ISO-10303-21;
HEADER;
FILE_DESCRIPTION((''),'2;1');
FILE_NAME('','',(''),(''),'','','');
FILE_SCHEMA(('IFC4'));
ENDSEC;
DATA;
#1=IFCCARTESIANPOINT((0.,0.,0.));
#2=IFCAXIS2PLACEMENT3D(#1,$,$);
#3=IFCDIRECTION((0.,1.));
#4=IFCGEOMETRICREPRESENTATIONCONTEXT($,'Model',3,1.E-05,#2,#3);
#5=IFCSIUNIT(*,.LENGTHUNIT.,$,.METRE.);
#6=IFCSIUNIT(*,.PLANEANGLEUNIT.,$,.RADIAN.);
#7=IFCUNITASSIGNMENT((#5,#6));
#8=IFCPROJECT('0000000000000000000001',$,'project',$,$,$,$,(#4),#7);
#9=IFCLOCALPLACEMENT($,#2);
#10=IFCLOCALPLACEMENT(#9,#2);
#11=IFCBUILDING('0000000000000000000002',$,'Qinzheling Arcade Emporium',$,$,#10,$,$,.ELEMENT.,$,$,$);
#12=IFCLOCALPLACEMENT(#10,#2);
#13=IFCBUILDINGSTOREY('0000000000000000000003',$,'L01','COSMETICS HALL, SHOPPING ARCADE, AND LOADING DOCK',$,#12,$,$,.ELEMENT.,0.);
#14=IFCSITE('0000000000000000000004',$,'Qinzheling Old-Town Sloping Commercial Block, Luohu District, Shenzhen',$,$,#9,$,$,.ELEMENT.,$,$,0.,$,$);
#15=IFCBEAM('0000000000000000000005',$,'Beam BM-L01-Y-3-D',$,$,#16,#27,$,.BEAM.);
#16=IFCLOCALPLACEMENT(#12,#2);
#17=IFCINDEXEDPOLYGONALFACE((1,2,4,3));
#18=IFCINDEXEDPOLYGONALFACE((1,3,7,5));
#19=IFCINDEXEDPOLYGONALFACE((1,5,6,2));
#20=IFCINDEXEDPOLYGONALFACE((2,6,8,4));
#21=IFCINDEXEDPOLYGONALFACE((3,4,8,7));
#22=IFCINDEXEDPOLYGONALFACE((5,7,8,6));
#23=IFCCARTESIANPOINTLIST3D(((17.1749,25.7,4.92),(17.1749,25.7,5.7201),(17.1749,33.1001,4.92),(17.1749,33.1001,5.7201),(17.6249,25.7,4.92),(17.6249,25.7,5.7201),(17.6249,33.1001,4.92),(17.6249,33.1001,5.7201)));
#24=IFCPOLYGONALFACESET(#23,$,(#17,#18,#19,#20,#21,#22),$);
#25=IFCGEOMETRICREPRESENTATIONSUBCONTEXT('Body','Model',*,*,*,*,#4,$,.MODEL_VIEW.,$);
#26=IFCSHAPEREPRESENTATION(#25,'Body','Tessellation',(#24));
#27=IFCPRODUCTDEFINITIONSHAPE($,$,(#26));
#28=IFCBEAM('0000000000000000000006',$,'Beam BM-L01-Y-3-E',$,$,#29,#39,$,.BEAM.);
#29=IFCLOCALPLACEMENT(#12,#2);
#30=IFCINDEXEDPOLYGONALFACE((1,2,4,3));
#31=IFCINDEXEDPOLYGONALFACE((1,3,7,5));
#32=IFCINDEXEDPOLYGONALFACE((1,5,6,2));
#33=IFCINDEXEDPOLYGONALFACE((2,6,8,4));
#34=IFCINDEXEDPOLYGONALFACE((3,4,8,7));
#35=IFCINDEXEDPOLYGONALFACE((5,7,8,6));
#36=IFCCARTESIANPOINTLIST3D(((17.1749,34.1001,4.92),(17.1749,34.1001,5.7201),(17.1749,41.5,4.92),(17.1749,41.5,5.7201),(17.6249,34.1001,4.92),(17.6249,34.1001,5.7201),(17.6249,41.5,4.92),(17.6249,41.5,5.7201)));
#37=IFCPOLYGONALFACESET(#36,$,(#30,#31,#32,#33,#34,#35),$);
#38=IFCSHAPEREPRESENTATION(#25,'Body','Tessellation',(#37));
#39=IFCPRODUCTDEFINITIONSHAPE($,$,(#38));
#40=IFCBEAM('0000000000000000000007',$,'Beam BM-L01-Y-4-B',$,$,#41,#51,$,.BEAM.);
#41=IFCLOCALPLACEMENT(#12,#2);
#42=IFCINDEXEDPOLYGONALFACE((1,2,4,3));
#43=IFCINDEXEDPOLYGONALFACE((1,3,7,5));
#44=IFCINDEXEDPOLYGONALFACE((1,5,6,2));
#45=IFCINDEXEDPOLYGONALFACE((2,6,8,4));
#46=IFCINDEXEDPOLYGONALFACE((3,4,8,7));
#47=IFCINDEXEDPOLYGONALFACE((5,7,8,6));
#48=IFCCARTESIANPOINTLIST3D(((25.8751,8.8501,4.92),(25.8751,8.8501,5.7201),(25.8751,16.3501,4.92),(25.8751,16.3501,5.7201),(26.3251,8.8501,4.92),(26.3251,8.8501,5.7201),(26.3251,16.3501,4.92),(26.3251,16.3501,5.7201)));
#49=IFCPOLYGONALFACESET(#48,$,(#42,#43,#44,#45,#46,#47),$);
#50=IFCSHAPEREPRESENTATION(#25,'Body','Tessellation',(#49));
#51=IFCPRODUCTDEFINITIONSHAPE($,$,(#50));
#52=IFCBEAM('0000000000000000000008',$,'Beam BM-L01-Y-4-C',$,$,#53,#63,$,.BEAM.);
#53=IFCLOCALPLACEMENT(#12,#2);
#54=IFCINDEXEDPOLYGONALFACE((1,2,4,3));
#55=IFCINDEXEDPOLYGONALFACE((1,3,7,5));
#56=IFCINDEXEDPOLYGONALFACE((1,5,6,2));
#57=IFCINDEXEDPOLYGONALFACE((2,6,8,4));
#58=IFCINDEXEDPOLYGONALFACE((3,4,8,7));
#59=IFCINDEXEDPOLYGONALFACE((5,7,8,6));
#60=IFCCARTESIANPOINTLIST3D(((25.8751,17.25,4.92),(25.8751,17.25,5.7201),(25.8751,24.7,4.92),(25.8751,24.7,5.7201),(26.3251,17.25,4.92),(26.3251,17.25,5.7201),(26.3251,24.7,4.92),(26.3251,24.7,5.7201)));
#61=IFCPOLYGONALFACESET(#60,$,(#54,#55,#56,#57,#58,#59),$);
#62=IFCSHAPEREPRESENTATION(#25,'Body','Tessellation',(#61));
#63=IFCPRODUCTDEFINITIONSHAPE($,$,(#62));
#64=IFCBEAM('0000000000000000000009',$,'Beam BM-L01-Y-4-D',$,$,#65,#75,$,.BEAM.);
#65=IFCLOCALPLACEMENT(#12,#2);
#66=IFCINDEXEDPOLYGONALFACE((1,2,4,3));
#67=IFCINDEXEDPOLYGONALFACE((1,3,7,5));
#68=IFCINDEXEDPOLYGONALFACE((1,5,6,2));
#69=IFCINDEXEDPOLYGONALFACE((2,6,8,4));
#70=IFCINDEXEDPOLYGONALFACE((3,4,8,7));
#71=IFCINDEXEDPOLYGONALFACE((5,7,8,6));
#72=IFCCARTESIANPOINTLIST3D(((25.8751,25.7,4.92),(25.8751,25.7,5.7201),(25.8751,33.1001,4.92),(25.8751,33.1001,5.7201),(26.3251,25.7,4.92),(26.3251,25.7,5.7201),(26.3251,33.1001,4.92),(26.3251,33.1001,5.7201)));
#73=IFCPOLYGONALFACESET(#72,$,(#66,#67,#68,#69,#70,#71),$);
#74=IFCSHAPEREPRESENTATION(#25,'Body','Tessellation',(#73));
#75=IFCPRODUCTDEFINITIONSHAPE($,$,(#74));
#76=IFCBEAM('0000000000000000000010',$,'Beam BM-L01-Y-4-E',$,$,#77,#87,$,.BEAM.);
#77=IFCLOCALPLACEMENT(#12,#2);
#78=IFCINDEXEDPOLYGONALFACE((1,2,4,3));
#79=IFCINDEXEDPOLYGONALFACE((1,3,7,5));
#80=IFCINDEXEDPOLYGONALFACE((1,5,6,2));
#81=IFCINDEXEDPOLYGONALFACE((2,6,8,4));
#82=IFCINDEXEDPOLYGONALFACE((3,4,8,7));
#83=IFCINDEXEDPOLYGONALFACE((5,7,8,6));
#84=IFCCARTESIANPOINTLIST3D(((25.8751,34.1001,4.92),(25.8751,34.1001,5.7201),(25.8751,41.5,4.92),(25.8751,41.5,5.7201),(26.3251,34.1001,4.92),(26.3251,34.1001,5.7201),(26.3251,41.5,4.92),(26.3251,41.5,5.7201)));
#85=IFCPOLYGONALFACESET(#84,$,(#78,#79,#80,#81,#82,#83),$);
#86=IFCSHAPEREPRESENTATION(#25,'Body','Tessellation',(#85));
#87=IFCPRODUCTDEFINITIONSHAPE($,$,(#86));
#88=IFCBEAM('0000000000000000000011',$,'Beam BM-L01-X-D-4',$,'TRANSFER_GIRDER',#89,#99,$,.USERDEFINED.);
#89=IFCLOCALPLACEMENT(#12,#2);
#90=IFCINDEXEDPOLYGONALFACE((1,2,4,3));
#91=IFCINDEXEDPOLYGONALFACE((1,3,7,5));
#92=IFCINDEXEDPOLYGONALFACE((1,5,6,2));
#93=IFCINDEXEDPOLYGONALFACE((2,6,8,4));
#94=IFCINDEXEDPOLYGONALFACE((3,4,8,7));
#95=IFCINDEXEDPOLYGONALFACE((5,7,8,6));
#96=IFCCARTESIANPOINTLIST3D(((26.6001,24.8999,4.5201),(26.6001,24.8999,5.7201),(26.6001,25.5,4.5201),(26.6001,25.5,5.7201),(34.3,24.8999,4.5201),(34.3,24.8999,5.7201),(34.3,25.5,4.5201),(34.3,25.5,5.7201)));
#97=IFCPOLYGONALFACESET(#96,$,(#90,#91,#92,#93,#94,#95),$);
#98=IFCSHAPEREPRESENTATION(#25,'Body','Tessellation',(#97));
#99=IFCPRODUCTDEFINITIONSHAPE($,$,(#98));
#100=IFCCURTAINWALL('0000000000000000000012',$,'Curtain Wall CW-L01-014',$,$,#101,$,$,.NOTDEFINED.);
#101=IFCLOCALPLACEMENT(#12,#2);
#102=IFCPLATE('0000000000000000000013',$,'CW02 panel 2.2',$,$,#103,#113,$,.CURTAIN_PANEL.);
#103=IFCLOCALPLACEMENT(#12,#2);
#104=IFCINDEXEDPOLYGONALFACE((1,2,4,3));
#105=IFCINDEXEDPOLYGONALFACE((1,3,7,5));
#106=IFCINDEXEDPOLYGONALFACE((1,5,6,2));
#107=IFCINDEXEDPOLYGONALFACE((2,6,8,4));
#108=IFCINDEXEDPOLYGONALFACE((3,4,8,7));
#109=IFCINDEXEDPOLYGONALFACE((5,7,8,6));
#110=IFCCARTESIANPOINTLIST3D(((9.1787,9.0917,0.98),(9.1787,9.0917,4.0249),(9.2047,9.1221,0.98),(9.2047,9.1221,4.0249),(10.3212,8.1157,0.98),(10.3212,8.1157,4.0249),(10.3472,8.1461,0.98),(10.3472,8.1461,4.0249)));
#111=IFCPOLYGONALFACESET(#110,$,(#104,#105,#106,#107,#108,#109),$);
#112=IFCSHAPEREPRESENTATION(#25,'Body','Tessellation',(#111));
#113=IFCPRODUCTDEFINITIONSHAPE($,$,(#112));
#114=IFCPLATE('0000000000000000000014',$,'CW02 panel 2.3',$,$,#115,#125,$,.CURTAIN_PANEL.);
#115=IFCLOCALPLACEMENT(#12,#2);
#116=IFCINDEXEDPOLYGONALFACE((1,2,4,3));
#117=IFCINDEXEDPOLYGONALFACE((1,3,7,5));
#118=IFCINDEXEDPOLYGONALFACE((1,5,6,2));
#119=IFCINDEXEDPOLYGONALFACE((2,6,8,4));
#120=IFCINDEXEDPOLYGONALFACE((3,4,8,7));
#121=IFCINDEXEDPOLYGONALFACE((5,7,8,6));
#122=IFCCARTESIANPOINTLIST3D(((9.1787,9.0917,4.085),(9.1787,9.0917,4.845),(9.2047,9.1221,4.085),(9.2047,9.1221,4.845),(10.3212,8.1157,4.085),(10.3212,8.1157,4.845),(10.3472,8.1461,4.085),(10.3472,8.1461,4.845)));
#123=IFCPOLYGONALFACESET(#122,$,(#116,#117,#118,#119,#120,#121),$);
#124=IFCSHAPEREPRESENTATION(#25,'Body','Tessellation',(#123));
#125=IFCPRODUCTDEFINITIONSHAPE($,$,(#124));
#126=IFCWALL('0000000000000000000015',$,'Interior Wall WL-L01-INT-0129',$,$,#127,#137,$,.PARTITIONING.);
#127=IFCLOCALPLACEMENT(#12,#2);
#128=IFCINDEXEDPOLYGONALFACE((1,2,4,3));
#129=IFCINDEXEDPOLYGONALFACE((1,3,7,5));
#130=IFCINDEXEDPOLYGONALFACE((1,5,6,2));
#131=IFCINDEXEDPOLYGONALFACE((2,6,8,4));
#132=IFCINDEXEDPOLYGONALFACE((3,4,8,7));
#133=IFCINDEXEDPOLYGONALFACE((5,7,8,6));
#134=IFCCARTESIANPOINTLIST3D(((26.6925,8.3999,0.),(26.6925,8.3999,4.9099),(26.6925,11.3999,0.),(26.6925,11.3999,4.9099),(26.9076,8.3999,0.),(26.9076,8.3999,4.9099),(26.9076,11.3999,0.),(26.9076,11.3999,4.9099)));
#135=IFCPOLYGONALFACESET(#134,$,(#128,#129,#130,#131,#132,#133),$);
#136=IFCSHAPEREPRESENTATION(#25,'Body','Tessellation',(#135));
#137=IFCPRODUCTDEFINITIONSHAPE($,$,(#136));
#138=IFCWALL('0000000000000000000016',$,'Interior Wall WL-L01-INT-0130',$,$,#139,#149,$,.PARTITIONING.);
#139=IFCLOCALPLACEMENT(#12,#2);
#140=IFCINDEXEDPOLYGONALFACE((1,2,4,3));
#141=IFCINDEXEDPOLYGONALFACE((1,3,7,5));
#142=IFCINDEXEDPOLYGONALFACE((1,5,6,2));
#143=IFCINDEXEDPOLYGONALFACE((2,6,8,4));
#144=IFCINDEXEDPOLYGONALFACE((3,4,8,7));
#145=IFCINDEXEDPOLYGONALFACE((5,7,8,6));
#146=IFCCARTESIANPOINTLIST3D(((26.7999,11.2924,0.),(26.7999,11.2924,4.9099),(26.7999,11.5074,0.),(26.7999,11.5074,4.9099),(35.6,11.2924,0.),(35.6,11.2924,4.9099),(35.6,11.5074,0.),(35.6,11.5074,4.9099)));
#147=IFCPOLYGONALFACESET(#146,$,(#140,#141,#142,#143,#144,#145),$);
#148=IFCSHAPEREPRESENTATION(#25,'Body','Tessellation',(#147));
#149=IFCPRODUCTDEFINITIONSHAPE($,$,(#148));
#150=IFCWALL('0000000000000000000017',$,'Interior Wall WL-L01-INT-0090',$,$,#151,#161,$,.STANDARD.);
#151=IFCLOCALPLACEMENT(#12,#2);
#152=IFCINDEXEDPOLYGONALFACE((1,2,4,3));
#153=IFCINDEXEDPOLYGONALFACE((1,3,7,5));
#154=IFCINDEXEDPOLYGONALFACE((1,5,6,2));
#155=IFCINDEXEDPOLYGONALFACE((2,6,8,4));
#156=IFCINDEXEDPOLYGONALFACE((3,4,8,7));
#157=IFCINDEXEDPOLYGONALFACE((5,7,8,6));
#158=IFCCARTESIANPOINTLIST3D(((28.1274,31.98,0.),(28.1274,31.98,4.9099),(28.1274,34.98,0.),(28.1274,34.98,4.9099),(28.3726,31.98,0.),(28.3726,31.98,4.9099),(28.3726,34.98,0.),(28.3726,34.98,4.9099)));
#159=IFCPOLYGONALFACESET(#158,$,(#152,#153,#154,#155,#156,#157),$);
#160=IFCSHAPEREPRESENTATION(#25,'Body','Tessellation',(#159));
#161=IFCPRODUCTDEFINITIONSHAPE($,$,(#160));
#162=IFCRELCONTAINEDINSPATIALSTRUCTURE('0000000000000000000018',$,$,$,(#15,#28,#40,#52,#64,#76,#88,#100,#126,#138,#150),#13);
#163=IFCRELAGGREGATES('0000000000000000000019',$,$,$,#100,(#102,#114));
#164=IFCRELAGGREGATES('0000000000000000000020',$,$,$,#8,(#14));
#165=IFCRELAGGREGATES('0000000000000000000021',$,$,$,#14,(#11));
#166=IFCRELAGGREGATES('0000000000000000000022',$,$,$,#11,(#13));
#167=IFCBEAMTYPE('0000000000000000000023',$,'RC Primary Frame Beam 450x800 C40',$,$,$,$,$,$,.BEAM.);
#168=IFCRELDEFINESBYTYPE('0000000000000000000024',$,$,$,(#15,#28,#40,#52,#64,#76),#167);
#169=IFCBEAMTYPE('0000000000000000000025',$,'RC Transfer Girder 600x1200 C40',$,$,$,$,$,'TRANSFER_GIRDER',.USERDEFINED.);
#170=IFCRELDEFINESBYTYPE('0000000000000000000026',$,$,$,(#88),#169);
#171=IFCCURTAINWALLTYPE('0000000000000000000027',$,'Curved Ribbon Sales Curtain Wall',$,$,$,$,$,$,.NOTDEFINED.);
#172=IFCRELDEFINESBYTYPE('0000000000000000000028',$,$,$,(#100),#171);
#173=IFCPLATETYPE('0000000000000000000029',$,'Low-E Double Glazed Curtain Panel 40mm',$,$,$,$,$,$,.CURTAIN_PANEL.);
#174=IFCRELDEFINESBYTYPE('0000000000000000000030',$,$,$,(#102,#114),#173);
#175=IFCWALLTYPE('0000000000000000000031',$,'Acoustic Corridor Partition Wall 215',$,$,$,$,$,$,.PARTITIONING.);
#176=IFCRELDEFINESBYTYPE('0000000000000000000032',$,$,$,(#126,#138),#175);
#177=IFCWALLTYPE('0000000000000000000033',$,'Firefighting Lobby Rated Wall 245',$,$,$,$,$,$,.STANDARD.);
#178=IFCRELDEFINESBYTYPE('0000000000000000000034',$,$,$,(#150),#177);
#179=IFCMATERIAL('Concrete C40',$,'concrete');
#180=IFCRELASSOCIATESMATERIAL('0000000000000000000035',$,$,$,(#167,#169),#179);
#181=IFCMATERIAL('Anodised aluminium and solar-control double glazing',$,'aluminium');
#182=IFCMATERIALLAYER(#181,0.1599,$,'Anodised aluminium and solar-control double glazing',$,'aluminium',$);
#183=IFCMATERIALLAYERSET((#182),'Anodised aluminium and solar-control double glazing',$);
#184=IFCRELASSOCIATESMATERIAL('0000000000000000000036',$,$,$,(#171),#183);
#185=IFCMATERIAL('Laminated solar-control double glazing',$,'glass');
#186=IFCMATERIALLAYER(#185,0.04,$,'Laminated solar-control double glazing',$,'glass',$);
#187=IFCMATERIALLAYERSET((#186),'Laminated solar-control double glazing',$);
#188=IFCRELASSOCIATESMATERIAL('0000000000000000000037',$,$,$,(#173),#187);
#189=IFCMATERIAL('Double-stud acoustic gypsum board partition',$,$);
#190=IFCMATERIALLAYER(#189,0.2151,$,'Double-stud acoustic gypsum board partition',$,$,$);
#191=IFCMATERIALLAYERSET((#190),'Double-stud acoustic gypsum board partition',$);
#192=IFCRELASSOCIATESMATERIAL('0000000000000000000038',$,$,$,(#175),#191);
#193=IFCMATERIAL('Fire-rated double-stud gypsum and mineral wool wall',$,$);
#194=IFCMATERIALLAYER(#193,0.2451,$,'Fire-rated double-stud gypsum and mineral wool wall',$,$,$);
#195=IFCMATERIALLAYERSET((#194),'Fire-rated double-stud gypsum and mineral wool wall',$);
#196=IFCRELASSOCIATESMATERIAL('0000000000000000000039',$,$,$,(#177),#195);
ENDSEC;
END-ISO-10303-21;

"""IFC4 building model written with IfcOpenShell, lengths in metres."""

from ifc_helpers import new_model, si_unit, direction, frame, frame_2d, origin, origin_2d, place, context, subcontext, project, spatial, rectangle, extrude, material, layer, layer_set, material_profile, profile_set, type_object, element, aggregate, save


model = new_model("IFC4")

# Units and contexts
model_context = context("Model", 3, precision=1e-05, world=origin(), true_north=direction((0.0, 1.0)))
body_context = subcontext(model_context, "Body", "Model", "MODEL_VIEW")
ifc_project = project(units=[si_unit("LENGTHUNIT", "METRE"), si_unit("PLANEANGLEUNIT", "RADIAN")], contexts=[model_context])

# Site, building, storey
site_placement = place(None, origin())
site = spatial("IfcSite", under=ifc_project, at=site_placement, Name="Qinzheling Old-Town Sloping Commercial Block, Luohu District, Shenzhen", CompositionType="ELEMENT", RefElevation=0.0)
building_placement = place(site_placement, origin())
building = spatial("IfcBuilding", under=site, at=building_placement, Name="Qinzheling Arcade Emporium", CompositionType="ELEMENT")
storey_placement = place(building_placement, origin())
storey = spatial("IfcBuildingStorey", under=building, at=storey_placement, Name="L01", Description="COSMETICS HALL, SHOPPING ARCADE, AND LOADING DOCK", CompositionType="ELEMENT", Elevation=0.0)

# Beams
ifc_material_1 = material(Name="Concrete C40", Category="concrete")
ifc_material_profile_1 = material_profile(ifc_material_1, rectangle(XDim=0.45, YDim=0.8, at=origin_2d()), Name="RC 450x800", Category="concrete")
ifc_profile_set_1 = profile_set([ifc_material_profile_1], Name="Concrete C40")
beam_type_1 = type_object("IfcBeamType", Name="RC Primary Frame Beam 450x800 C40", PredefinedType="BEAM", material=ifc_profile_set_1)
beam_1_placement = place(storey_placement, frame((17.3999, 25.7, 5.3201), z_axis=(0.0, 1.0, 0.0), x_axis=(-1.0, 0.0, 0.0)))
element("IfcBeam", 1, at=beam_1_placement, inside=storey, type_object=beam_type_1, Name="Beam BM-L01-Y-3-D", PredefinedType="BEAM", context=body_context, shape_type="SweptSolid", body=[
    extrude(rectangle(XDim=0.45, YDim=0.8, at=origin_2d()), origin(), (0.0, 0.0, 1.0), 7.4001),
])
beam_2_placement = place(storey_placement, frame((17.3999, 34.1001, 5.3201), z_axis=(0.0, 1.0, 0.0), x_axis=(-1.0, 0.0, 0.0)))
element("IfcBeam", 2, at=beam_2_placement, inside=storey, type_object=beam_type_1, Name="Beam BM-L01-Y-3-E", PredefinedType="BEAM", context=body_context, shape_type="SweptSolid", body=[
    extrude(rectangle(XDim=0.45, YDim=0.8, at=origin_2d()), origin(), (0.0, 0.0, 1.0), 7.3999),
])
beam_3_placement = place(storey_placement, frame((26.1001, 8.8501, 5.3201), z_axis=(0.0, 1.0, 0.0), x_axis=(-1.0, 0.0, 0.0)))
element("IfcBeam", 3, at=beam_3_placement, inside=storey, type_object=beam_type_1, Name="Beam BM-L01-Y-4-B", PredefinedType="BEAM", context=body_context, shape_type="SweptSolid", body=[
    extrude(rectangle(XDim=0.45, YDim=0.8, at=origin_2d()), origin(), (0.0, 0.0, 1.0), 7.5),
])
beam_4_placement = place(storey_placement, frame((26.1001, 17.25, 5.3201), z_axis=(0.0, 1.0, 0.0), x_axis=(-1.0, 0.0, 0.0)))
element("IfcBeam", 4, at=beam_4_placement, inside=storey, type_object=beam_type_1, Name="Beam BM-L01-Y-4-C", PredefinedType="BEAM", context=body_context, shape_type="SweptSolid", body=[
    extrude(rectangle(XDim=0.45, YDim=0.8, at=origin_2d()), origin(), (0.0, 0.0, 1.0), 7.45),
])
beam_5_placement = place(storey_placement, frame((26.1001, 25.7, 5.3201), z_axis=(0.0, 1.0, 0.0), x_axis=(-1.0, 0.0, 0.0)))
element("IfcBeam", 5, at=beam_5_placement, inside=storey, type_object=beam_type_1, Name="Beam BM-L01-Y-4-D", PredefinedType="BEAM", context=body_context, shape_type="SweptSolid", body=[
    extrude(rectangle(XDim=0.45, YDim=0.8, at=origin_2d()), origin(), (0.0, 0.0, 1.0), 7.4001),
])
beam_6_placement = place(storey_placement, frame((26.1001, 34.1001, 5.3201), z_axis=(0.0, 1.0, 0.0), x_axis=(-1.0, 0.0, 0.0)))
element("IfcBeam", 6, at=beam_6_placement, inside=storey, type_object=beam_type_1, Name="Beam BM-L01-Y-4-E", PredefinedType="BEAM", context=body_context, shape_type="SweptSolid", body=[
    extrude(rectangle(XDim=0.45, YDim=0.8, at=origin_2d()), origin(), (0.0, 0.0, 1.0), 7.3999),
])
ifc_material_profile_2 = material_profile(ifc_material_1, rectangle(XDim=0.6001, YDim=1.2, at=origin_2d()), Name="RC 600x1200", Category="concrete")
ifc_profile_set_2 = profile_set([ifc_material_profile_2], Name="Concrete C40")
beam_type_2 = type_object("IfcBeamType", Name="RC Transfer Girder 600x1200 C40", ElementType="TRANSFER_GIRDER", PredefinedType="USERDEFINED", material=ifc_profile_set_2)
beam_7_placement = place(storey_placement, frame((26.6001, 25.2, 5.1201), z_axis=(1.0, 0.0, 0.0), x_axis=(0.0, 1.0, 0.0)))
element("IfcBeam", 7, at=beam_7_placement, inside=storey, type_object=beam_type_2, Name="Beam BM-L01-X-D-4", ObjectType="TRANSFER_GIRDER", PredefinedType="USERDEFINED", context=body_context, shape_type="SweptSolid", body=[
    extrude(rectangle(XDim=0.6001, YDim=1.2, at=origin_2d()), origin(), (0.0, 0.0, 1.0), 7.7),
])

# Curtain wall, plates
ifc_material_2 = material(Name="Anodised aluminium and solar-control double glazing", Category="aluminium")
ifc_layer_1 = layer(ifc_material_2, 0.1599, Name="Anodised aluminium and solar-control double glazing", Category="aluminium")
ifc_layer_set_1 = layer_set([ifc_layer_1], Name="Anodised aluminium and solar-control double glazing")
curtain_wall_type = type_object("IfcCurtainWallType", Name="Curved Ribbon Sales Curtain Wall", PredefinedType="NOTDEFINED", material=ifc_layer_set_1)
curtain_wall_placement = place(storey_placement, origin())
curtain_wall = element("IfcCurtainWall", 8, at=curtain_wall_placement, inside=storey, type_object=curtain_wall_type, Name="Curtain Wall CW-L01-014", PredefinedType="NOTDEFINED")
ifc_material_3 = material(Name="Laminated solar-control double glazing", Category="glass")
ifc_layer_2 = layer(ifc_material_3, 0.04, Name="Laminated solar-control double glazing", Category="glass")
ifc_layer_set_2 = layer_set([ifc_layer_2], Name="Laminated solar-control double glazing")
plate_type = type_object("IfcPlateType", Name="Low-E Double Glazed Curtain Panel 40mm", PredefinedType="CURTAIN_PANEL", material=ifc_layer_set_2)
plate_1_placement = place(storey_placement, frame((9.7629, 8.6189, 0.98), z_axis=(0.0, 0.0, 1.0), x_axis=(-0.760341, 0.649524, 0.0)))
plate_1 = element("IfcPlate", 9, at=plate_1_placement, type_object=plate_type, Name="CW02 panel 2.2", PredefinedType="CURTAIN_PANEL", context=body_context, shape_type="SweptSolid", body=[
    extrude(rectangle(XDim=1.5027, YDim=0.04, at=origin_2d()), origin(), (0.0, 0.0, 1.0), 3.0449),
])
plate_2_placement = place(storey_placement, frame((9.7629, 8.6189, 4.085), z_axis=(0.0, 0.0, 1.0), x_axis=(-0.760341, 0.649524, 0.0)))
plate_2 = element("IfcPlate", 10, at=plate_2_placement, type_object=plate_type, Name="CW02 panel 2.3", PredefinedType="CURTAIN_PANEL", context=body_context, shape_type="SweptSolid", body=[
    extrude(rectangle(XDim=1.5027, YDim=0.04, at=origin_2d()), origin(), (0.0, 0.0, 1.0), 0.76),
])
aggregate(curtain_wall, [plate_1, plate_2])

# Walls
ifc_material_4 = material(Name="Double-stud acoustic gypsum board partition")
ifc_layer_3 = layer(ifc_material_4, 0.2151, Name="Double-stud acoustic gypsum board partition")
ifc_layer_set_3 = layer_set([ifc_layer_3], Name="Double-stud acoustic gypsum board partition")
wall_type_1 = type_object("IfcWallType", Name="Acoustic Corridor Partition Wall 215", PredefinedType="PARTITIONING", material=ifc_layer_set_3)
wall_1_placement = place(storey_placement, frame((26.8, 8.3999, 0.0), z_axis=(0.0, 0.0, 1.0), x_axis=(0.0, 1.0, 0.0)))
element("IfcWall", 11, at=wall_1_placement, inside=storey, type_object=wall_type_1, Name="Interior Wall WL-L01-INT-0129", PredefinedType="PARTITIONING", context=body_context, shape_type="SweptSolid", body=[
    extrude(rectangle(XDim=3.0, YDim=0.2151, at=frame_2d((1.5, 0.0))), origin(), (0.0, 0.0, 1.0), 4.9099),
])
wall_2_placement = place(storey_placement, frame((26.8, 11.3999, 0.0), z_axis=(0.0, 0.0, 1.0), x_axis=(1.0, 0.0, 0.0)))
element("IfcWall", 12, at=wall_2_placement, inside=storey, type_object=wall_type_1, Name="Interior Wall WL-L01-INT-0130", PredefinedType="PARTITIONING", context=body_context, shape_type="SweptSolid", body=[
    extrude(rectangle(XDim=8.8, YDim=0.2151, at=frame_2d((4.3999, 0.0))), origin(), (0.0, 0.0, 1.0), 4.9099),
])
ifc_material_5 = material(Name="Fire-rated double-stud gypsum and mineral wool wall")
ifc_layer_4 = layer(ifc_material_5, 0.2451, Name="Fire-rated double-stud gypsum and mineral wool wall")
ifc_layer_set_4 = layer_set([ifc_layer_4], Name="Fire-rated double-stud gypsum and mineral wool wall")
wall_type_2 = type_object("IfcWallType", Name="Firefighting Lobby Rated Wall 245", PredefinedType="STANDARD", material=ifc_layer_set_4)
wall_3_placement = place(storey_placement, frame((28.25, 31.98, 0.0), z_axis=(0.0, 0.0, 1.0), x_axis=(0.0, 1.0, 0.0)))
element("IfcWall", 13, at=wall_3_placement, inside=storey, type_object=wall_type_2, Name="Interior Wall WL-L01-INT-0090", PredefinedType="STANDARD", context=body_context, shape_type="SweptSolid", body=[
    extrude(rectangle(XDim=3.0, YDim=0.2451, at=frame_2d((1.5, 0.0))), origin(), (0.0, 0.0, 1.0), 4.9099),
])

save(model, "model.ifc")
